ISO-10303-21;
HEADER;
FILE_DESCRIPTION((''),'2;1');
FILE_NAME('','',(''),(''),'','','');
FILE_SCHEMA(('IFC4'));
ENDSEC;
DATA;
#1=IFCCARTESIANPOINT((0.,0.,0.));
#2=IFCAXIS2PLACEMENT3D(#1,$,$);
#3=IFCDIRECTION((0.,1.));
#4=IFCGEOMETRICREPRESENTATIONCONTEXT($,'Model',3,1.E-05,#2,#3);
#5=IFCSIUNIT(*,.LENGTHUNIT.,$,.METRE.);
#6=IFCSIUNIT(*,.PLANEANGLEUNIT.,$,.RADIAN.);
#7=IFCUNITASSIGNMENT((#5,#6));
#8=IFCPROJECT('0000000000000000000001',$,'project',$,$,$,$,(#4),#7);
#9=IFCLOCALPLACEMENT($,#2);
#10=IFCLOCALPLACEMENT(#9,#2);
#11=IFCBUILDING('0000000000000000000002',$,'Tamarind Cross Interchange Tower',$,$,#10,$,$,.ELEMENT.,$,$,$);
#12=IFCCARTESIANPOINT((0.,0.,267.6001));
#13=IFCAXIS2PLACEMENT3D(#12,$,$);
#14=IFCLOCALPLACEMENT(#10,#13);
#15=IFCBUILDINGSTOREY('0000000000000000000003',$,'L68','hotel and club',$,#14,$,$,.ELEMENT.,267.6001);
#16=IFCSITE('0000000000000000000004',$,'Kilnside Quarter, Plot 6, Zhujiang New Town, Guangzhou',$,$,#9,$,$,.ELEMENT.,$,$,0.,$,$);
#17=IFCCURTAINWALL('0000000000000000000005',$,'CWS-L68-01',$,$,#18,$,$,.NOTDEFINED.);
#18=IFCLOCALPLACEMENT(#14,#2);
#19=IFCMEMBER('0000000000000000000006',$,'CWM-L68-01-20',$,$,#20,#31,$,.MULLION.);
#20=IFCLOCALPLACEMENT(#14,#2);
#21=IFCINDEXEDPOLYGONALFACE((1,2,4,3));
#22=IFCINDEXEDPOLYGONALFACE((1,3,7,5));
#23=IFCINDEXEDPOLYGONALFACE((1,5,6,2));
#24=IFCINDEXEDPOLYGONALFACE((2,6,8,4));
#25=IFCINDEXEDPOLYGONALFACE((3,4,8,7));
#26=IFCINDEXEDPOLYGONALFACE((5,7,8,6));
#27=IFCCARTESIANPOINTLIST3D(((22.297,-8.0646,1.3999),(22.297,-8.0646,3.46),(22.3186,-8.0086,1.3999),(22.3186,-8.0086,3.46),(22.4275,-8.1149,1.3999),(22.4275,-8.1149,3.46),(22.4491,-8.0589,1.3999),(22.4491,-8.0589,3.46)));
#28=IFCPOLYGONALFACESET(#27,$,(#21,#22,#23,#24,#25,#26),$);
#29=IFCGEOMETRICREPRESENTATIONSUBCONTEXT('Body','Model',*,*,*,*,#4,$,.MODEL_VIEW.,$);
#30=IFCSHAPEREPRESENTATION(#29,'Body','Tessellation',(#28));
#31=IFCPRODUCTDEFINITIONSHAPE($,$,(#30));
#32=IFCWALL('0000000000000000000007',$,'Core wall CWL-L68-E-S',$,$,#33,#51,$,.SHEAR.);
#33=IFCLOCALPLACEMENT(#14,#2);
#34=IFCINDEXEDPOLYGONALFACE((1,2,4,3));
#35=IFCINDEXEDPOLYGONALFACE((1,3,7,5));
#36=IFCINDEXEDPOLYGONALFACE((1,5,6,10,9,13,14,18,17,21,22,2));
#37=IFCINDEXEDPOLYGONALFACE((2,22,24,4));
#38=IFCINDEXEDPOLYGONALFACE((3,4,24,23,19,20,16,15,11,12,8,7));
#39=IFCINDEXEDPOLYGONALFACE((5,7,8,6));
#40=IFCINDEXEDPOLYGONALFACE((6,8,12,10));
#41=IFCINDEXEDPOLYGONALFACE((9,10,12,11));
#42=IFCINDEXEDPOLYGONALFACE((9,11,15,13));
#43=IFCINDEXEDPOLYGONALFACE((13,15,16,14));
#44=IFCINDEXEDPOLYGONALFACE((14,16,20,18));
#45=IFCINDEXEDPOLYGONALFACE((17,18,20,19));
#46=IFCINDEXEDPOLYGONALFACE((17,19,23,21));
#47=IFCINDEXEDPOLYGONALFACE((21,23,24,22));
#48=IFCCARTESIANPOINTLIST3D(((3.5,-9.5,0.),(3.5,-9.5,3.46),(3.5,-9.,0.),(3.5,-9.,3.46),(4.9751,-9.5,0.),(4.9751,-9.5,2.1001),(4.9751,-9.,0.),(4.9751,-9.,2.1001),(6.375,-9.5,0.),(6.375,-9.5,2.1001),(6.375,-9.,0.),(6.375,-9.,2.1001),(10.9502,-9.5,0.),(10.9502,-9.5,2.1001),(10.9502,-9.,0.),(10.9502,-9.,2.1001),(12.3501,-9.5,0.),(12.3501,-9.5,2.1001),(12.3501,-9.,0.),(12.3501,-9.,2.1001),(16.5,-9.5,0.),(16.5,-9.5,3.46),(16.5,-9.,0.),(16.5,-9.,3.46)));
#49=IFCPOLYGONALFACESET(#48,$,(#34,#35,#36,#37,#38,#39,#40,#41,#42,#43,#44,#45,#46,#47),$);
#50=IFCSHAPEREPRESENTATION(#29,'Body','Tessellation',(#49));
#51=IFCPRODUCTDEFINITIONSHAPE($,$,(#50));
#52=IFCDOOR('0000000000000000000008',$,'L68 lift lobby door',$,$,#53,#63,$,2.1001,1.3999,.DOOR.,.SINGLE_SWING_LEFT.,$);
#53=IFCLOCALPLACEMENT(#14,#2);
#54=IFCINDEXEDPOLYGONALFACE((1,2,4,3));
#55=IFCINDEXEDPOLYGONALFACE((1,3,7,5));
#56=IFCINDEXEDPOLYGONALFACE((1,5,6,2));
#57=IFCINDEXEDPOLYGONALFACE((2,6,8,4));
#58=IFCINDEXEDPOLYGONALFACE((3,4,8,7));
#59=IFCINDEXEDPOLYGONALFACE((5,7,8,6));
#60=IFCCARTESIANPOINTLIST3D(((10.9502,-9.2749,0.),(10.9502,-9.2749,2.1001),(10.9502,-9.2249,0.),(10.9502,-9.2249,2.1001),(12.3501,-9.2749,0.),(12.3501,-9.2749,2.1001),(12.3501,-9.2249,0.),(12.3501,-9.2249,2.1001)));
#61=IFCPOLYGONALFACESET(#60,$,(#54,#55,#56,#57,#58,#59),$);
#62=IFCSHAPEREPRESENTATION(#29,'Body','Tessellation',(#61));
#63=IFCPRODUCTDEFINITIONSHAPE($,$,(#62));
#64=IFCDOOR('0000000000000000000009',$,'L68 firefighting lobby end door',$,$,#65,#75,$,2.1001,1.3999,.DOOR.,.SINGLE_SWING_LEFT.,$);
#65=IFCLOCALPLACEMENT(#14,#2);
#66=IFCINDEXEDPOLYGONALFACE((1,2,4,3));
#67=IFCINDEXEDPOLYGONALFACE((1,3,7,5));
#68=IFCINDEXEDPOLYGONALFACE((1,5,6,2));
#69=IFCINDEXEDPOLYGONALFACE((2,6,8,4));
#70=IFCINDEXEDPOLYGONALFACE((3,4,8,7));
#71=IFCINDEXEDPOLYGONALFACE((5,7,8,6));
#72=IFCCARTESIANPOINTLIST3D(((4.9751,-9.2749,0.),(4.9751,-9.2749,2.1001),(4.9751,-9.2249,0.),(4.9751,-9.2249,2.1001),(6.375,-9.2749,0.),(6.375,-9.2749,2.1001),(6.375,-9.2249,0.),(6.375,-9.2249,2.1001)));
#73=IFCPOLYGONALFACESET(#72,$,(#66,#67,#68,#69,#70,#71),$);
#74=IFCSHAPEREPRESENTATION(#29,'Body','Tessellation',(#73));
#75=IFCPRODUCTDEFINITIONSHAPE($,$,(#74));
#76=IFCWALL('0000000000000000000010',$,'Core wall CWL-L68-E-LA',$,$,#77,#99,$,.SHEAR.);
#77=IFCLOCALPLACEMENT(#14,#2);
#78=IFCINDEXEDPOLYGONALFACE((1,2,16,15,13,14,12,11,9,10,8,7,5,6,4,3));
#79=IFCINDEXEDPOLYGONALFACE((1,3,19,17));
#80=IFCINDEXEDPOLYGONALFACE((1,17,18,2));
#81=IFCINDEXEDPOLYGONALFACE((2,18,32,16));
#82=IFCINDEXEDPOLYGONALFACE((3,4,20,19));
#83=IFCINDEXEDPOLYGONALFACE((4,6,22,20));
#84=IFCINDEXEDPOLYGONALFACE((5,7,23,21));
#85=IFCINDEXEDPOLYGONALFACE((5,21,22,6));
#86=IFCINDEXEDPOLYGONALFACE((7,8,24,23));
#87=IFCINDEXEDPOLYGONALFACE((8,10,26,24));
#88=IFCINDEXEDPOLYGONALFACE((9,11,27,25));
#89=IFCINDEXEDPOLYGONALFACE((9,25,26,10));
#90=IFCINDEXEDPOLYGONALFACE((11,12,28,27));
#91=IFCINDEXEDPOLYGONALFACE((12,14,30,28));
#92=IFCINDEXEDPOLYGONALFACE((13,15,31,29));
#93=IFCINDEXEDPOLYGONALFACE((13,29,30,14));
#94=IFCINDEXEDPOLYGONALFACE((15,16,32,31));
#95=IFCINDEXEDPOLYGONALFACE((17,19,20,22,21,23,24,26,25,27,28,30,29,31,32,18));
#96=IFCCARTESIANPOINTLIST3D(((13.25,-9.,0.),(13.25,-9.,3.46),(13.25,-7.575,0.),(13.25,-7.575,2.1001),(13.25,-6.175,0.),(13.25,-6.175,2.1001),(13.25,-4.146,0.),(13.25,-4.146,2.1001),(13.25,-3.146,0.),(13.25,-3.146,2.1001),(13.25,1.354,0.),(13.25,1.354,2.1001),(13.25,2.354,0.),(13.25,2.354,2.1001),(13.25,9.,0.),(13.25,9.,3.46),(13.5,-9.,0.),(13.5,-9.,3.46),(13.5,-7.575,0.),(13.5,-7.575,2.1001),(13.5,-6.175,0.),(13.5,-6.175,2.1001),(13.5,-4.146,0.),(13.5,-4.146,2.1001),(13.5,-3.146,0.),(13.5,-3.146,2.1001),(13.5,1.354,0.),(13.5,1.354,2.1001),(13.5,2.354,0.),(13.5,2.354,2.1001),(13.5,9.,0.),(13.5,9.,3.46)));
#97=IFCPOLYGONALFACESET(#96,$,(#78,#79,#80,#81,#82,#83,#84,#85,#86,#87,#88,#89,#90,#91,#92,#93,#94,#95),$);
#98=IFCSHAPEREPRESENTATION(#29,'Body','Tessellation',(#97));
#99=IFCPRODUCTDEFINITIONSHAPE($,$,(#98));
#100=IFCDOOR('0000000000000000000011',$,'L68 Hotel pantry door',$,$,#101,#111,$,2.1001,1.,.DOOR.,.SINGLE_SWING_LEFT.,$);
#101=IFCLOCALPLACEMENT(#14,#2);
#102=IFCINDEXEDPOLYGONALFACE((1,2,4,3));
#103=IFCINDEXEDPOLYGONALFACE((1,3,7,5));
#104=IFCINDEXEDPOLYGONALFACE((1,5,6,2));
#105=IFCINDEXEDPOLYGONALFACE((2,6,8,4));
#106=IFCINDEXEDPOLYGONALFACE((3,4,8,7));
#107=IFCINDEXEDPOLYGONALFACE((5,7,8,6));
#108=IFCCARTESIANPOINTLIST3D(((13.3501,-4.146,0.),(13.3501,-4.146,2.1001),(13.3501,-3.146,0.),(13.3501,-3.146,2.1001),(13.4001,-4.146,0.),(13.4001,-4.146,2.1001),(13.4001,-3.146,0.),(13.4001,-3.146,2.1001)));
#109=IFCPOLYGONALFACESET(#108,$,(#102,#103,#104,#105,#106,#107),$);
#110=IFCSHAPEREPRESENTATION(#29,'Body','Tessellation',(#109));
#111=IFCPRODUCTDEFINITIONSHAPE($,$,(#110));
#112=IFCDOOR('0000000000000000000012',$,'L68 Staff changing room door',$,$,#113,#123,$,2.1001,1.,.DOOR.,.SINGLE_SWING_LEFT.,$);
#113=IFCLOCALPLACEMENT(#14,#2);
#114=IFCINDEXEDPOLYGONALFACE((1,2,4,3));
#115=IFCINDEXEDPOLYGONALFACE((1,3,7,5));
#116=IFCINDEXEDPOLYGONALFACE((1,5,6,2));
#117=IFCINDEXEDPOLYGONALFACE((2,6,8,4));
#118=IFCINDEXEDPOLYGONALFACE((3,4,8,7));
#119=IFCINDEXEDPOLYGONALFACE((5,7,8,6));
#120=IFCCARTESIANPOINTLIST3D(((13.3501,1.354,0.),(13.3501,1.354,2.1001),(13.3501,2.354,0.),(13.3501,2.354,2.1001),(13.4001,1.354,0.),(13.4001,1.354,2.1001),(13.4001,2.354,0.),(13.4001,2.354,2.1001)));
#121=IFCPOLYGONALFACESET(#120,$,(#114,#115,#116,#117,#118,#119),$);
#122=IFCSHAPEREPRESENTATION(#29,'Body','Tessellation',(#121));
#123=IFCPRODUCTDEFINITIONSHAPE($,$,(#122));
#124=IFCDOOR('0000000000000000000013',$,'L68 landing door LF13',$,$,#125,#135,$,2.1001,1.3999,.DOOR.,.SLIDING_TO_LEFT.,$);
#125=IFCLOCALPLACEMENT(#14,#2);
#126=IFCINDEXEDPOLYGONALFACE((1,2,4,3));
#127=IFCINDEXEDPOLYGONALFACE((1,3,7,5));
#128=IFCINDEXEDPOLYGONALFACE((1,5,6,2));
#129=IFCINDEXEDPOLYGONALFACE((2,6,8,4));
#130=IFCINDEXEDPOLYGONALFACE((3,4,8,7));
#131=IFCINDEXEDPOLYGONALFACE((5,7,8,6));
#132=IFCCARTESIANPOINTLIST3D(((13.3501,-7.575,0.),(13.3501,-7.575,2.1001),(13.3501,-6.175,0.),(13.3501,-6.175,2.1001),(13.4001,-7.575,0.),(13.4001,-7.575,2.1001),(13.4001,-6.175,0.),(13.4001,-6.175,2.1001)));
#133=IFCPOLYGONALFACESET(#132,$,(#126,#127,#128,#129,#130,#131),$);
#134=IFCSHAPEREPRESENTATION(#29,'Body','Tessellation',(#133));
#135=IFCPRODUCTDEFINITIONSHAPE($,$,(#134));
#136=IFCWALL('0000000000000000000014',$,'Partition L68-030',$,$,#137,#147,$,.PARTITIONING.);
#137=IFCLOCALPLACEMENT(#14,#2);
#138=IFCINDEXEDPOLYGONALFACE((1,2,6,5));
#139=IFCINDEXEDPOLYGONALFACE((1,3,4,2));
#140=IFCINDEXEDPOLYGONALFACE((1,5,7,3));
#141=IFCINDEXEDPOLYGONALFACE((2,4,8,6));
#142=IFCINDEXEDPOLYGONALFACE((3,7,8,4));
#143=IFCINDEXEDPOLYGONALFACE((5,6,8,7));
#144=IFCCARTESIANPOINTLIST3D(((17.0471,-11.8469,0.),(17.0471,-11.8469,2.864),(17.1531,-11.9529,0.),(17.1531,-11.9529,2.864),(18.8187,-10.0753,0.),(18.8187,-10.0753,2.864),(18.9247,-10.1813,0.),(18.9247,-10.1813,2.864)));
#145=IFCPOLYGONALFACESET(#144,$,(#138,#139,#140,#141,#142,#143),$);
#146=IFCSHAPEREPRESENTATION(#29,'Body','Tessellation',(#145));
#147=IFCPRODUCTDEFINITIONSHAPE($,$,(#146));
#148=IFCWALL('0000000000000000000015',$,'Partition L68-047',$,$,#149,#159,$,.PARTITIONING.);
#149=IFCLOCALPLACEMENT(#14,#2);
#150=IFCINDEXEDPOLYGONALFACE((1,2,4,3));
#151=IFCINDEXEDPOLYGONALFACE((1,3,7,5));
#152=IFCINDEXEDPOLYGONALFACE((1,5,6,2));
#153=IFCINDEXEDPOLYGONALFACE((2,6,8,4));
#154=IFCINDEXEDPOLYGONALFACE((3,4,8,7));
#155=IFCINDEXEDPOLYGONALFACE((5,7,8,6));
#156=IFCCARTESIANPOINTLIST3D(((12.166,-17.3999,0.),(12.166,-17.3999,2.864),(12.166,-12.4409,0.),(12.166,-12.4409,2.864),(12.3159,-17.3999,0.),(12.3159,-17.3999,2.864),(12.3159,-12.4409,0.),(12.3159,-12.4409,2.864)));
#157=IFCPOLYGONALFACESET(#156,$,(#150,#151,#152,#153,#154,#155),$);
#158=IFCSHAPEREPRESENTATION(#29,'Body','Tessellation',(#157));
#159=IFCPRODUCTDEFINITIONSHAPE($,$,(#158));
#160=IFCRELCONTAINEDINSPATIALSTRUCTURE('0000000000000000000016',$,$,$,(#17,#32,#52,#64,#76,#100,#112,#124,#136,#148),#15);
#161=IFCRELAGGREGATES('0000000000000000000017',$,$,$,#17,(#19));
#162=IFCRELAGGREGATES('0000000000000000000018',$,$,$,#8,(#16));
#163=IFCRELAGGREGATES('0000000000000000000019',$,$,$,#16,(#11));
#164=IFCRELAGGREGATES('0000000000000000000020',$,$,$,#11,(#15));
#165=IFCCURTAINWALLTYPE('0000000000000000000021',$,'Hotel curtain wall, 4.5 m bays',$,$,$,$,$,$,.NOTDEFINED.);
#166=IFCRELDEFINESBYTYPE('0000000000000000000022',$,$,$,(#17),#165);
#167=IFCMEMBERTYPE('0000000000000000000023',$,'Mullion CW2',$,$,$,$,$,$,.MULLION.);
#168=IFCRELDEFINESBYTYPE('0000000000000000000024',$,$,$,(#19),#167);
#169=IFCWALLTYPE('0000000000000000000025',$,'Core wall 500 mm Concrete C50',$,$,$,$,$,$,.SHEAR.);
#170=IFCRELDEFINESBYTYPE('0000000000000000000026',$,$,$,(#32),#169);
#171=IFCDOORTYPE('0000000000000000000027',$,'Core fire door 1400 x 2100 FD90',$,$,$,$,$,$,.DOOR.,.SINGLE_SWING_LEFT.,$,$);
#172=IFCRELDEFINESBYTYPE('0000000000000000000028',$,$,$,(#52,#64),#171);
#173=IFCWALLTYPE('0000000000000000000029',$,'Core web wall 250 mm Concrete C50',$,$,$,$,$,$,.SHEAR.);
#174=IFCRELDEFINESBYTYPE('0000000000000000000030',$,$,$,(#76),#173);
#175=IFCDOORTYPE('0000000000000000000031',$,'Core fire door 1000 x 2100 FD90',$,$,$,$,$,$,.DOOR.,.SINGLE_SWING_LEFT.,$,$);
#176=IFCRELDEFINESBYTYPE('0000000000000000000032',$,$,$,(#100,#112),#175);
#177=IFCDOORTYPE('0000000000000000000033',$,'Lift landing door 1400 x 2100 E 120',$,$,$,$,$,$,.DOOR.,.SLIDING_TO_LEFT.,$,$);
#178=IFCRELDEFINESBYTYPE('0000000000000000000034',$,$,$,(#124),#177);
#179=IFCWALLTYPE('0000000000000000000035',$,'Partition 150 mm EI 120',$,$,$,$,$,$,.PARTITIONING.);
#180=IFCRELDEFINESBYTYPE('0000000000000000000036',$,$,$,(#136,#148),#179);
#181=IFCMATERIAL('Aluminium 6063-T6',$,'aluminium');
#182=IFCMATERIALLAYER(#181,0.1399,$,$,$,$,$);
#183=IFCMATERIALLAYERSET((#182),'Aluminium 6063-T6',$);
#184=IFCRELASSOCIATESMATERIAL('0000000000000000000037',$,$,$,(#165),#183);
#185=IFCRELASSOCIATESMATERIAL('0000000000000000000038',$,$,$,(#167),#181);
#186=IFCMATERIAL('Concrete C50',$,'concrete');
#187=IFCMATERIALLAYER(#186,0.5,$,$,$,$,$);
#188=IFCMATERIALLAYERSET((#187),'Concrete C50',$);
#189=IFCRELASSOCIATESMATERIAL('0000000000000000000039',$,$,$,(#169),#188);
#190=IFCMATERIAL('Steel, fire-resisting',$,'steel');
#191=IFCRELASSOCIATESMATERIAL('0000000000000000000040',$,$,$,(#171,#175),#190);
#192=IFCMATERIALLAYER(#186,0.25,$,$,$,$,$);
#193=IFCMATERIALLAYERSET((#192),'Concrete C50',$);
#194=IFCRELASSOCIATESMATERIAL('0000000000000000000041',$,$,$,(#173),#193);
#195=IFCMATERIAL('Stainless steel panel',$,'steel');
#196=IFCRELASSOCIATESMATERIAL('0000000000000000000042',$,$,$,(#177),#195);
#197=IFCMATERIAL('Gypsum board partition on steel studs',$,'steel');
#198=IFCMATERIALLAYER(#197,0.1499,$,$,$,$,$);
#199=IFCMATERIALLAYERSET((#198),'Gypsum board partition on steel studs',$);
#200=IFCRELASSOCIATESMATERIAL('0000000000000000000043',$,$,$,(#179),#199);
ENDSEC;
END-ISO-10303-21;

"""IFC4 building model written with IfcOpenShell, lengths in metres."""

from ifc_helpers import new_model, si_unit, direction, frame, frame_2d, origin, origin_2d, place, context, subcontext, project, spatial, rectangle, extrude, material, layer, layer_set, material_profile, profile_set, type_object, element, fill, aggregate, save


model = new_model("IFC4")

# Units and contexts
model_context = context("Model", 3, precision=1e-05, world=origin(), true_north=direction((0.0, 1.0)))
body_context = subcontext(model_context, "Body", "Model", "MODEL_VIEW")
ifc_project = project(units=[si_unit("LENGTHUNIT", "METRE"), si_unit("PLANEANGLEUNIT", "RADIAN")], contexts=[model_context])

# Site, building, storey
site_placement = place(None, origin())
site = spatial("IfcSite", under=ifc_project, at=site_placement, Name="Kilnside Quarter, Plot 6, Zhujiang New Town, Guangzhou", CompositionType="ELEMENT", RefElevation=0.0)
building_placement = place(site_placement, origin())
building = spatial("IfcBuilding", under=site, at=building_placement, Name="Tamarind Cross Interchange Tower", CompositionType="ELEMENT")
storey_placement = place(building_placement, frame((0.0, 0.0, 267.6001)))
storey = spatial("IfcBuildingStorey", under=building, at=storey_placement, Name="L68", Description="hotel and club", CompositionType="ELEMENT", Elevation=267.6001)

# Curtain wall, member
ifc_material_1 = material(Name="Aluminium 6063-T6", Category="aluminium")
ifc_layer_1 = layer(ifc_material_1, 0.1399)
ifc_layer_set_1 = layer_set([ifc_layer_1], Name="Aluminium 6063-T6")
curtain_wall_type = type_object("IfcCurtainWallType", Name="Hotel curtain wall, 4.5 m bays", PredefinedType="NOTDEFINED", material=ifc_layer_set_1)
curtain_wall_placement = place(storey_placement, origin())
curtain_wall = element("IfcCurtainWall", 1, at=curtain_wall_placement, inside=storey, type_object=curtain_wall_type, Name="CWS-L68-01", PredefinedType="NOTDEFINED")
ifc_material_profile_1 = material_profile(ifc_material_1, rectangle(XDim=0.0601, YDim=0.1399, at=origin_2d()), Name="Mullion CW2")
ifc_profile_set_1 = profile_set([ifc_material_profile_1], Name="Aluminium 6063-T6")
member_type = type_object("IfcMemberType", Name="Mullion CW2", PredefinedType="MULLION", material=ifc_profile_set_1)
member_1_placement = place(storey_placement, frame((22.373, -8.0618, 1.3999), z_axis=(0.0, 0.0, 1.0), x_axis=(0.359495, 0.933147, 0.0)))
member_1 = element("IfcMember", 2, at=member_1_placement, type_object=member_type, Name="CWM-L68-01-20", PredefinedType="MULLION", context=body_context, shape_type="SweptSolid", body=[
    extrude(rectangle(XDim=0.0601, YDim=0.1399, at=origin_2d()), origin(), (0.0, 0.0, 1.0), 2.0601),
])
aggregate(curtain_wall, [member_1])

# Walls, openings, doors
ifc_material_2 = material(Name="Concrete C50", Category="concrete")
ifc_layer_2 = layer(ifc_material_2, 0.5)
ifc_layer_set_2 = layer_set([ifc_layer_2], Name="Concrete C50")
wall_type_1 = type_object("IfcWallType", Name="Core wall 500 mm Concrete C50", PredefinedType="SHEAR", material=ifc_layer_set_2)
wall_1_placement = place(storey_placement, frame((16.5, -9.25, 0.0), z_axis=(0.0, 0.0, 1.0), x_axis=(-1.0, 0.0, 0.0)))
wall_1 = element("IfcWall", 3, at=wall_1_placement, inside=storey, type_object=wall_type_1, Name="Core wall CWL-L68-E-S", PredefinedType="SHEAR", context=body_context, shape_type="SweptSolid", body=[
    extrude(rectangle(XDim=13.0, YDim=0.5, at=frame_2d((6.5, 0.0))), origin(), (0.0, 0.0, 1.0), 3.46),
])
opening_1_placement = place(wall_1_placement, frame((4.1499, 0.0, 0.0)))
opening_1 = element("IfcOpeningElement", 4, at=opening_1_placement, cuts=wall_1, PredefinedType="OPENING", context=body_context, shape_type="SweptSolid", body=[
    extrude(rectangle(XDim=1.3999, YDim=2.1001, at=frame_2d((0.7, 1.05))), frame((0.0, 0.26, 0.0), z_axis=(0.0, -1.0, 0.0), x_axis=(1.0, 0.0, 0.0)), (0.0, 0.0, 1.0), 0.52),
])
opening_2_placement = place(wall_1_placement, frame((10.125, 0.0, 0.0)))
opening_2 = element("IfcOpeningElement", 5, at=opening_2_placement, cuts=wall_1, PredefinedType="OPENING", context=body_context, shape_type="SweptSolid", body=[
    extrude(rectangle(XDim=1.3999, YDim=2.1001, at=frame_2d((0.7, 1.05))), frame((0.0, 0.26, 0.0), z_axis=(0.0, -1.0, 0.0), x_axis=(1.0, 0.0, 0.0)), (0.0, 0.0, 1.0), 0.52),
])
ifc_material_3 = material(Name="Steel, fire-resisting", Category="steel")
door_type_1 = type_object("IfcDoorType", Name="Core fire door 1400 x 2100 FD90", OperationType="SINGLE_SWING_LEFT", PredefinedType="DOOR", material=ifc_material_3)
door_1_placement = place(opening_1_placement, origin())
door_1 = element("IfcDoor", 6, at=door_1_placement, inside=storey, type_object=door_type_1, Name="L68 lift lobby door", OperationType="SINGLE_SWING_LEFT", OverallHeight=2.1001, OverallWidth=1.3999, PredefinedType="DOOR", context=body_context, shape_type="SweptSolid", body=[
    extrude(rectangle(XDim=1.3999, YDim=2.1001, at=frame_2d((0.7, 1.05))), frame((0.0, 0.0249, 0.0), z_axis=(0.0, -1.0, 0.0), x_axis=(1.0, 0.0, 0.0)), (0.0, 0.0, 1.0), 0.05),
])
fill(opening_1, door_1)
door_2_placement = place(opening_2_placement, origin())
door_2 = element("IfcDoor", 7, at=door_2_placement, inside=storey, type_object=door_type_1, Name="L68 firefighting lobby end door", OperationType="SINGLE_SWING_LEFT", OverallHeight=2.1001, OverallWidth=1.3999, PredefinedType="DOOR", context=body_context, shape_type="SweptSolid", body=[
    extrude(rectangle(XDim=1.3999, YDim=2.1001, at=frame_2d((0.7, 1.05))), frame((0.0, 0.0249, 0.0), z_axis=(0.0, -1.0, 0.0), x_axis=(1.0, 0.0, 0.0)), (0.0, 0.0, 1.0), 0.05),
])
fill(opening_2, door_2)
ifc_layer_3 = layer(ifc_material_2, 0.25)
ifc_layer_set_3 = layer_set([ifc_layer_3], Name="Concrete C50")
wall_type_2 = type_object("IfcWallType", Name="Core web wall 250 mm Concrete C50", PredefinedType="SHEAR", material=ifc_layer_set_3)
wall_2_placement = place(storey_placement, frame((13.375, -9.0, 0.0), z_axis=(0.0, 0.0, 1.0), x_axis=(0.0, 1.0, 0.0)))
wall_2 = element("IfcWall", 8, at=wall_2_placement, inside=storey, type_object=wall_type_2, Name="Core wall CWL-L68-E-LA", PredefinedType="SHEAR", context=body_context, shape_type="SweptSolid", body=[
    extrude(rectangle(XDim=18.0, YDim=0.25, at=frame_2d((9.0, 0.0))), origin(), (0.0, 0.0, 1.0), 3.46),
])
opening_3_placement = place(wall_2_placement, frame((1.425, 0.0, 0.0)))
opening_3 = element("IfcOpeningElement", 9, at=opening_3_placement, cuts=wall_2, PredefinedType="OPENING", context=body_context, shape_type="SweptSolid", body=[
    extrude(rectangle(XDim=1.3999, YDim=2.1001, at=frame_2d((0.7, 1.05))), frame((0.0, 0.135, 0.0), z_axis=(0.0, -1.0, 0.0), x_axis=(1.0, 0.0, 0.0)), (0.0, 0.0, 1.0), 0.27),
])
opening_4_placement = place(wall_2_placement, frame((4.854, 0.0, 0.0)))
opening_4 = element("IfcOpeningElement", 10, at=opening_4_placement, cuts=wall_2, PredefinedType="OPENING", context=body_context, shape_type="SweptSolid", body=[
    extrude(rectangle(XDim=1.0, YDim=2.1001, at=frame_2d((0.5, 1.05))), frame((0.0, 0.135, 0.0), z_axis=(0.0, -1.0, 0.0), x_axis=(1.0, 0.0, 0.0)), (0.0, 0.0, 1.0), 0.27),
])
opening_5_placement = place(wall_2_placement, frame((10.354, 0.0, 0.0)))
opening_5 = element("IfcOpeningElement", 11, at=opening_5_placement, cuts=wall_2, PredefinedType="OPENING", context=body_context, shape_type="SweptSolid", body=[
    extrude(rectangle(XDim=1.0, YDim=2.1001, at=frame_2d((0.5, 1.05))), frame((0.0, 0.135, 0.0), z_axis=(0.0, -1.0, 0.0), x_axis=(1.0, 0.0, 0.0)), (0.0, 0.0, 1.0), 0.27),
])
door_type_2 = type_object("IfcDoorType", Name="Core fire door 1000 x 2100 FD90", OperationType="SINGLE_SWING_LEFT", PredefinedType="DOOR", material=ifc_material_3)
door_3_placement = place(opening_4_placement, origin())
door_3 = element("IfcDoor", 12, at=door_3_placement, inside=storey, type_object=door_type_2, Name="L68 Hotel pantry door", OperationType="SINGLE_SWING_LEFT", OverallHeight=2.1001, OverallWidth=1.0, PredefinedType="DOOR", context=body_context, shape_type="SweptSolid", body=[
    extrude(rectangle(XDim=1.0, YDim=2.1001, at=frame_2d((0.5, 1.05))), frame((0.0, 0.0249, 0.0), z_axis=(0.0, -1.0, 0.0), x_axis=(1.0, 0.0, 0.0)), (0.0, 0.0, 1.0), 0.05),
])
fill(opening_4, door_3)
door_4_placement = place(opening_5_placement, origin())
door_4 = element("IfcDoor", 13, at=door_4_placement, inside=storey, type_object=door_type_2, Name="L68 Staff changing room door", OperationType="SINGLE_SWING_LEFT", OverallHeight=2.1001, OverallWidth=1.0, PredefinedType="DOOR", context=body_context, shape_type="SweptSolid", body=[
    extrude(rectangle(XDim=1.0, YDim=2.1001, at=frame_2d((0.5, 1.05))), frame((0.0, 0.0249, 0.0), z_axis=(0.0, -1.0, 0.0), x_axis=(1.0, 0.0, 0.0)), (0.0, 0.0, 1.0), 0.05),
])
fill(opening_5, door_4)
ifc_material_4 = material(Name="Stainless steel panel", Category="steel")
door_type_3 = type_object("IfcDoorType", Name="Lift landing door 1400 x 2100 E 120", OperationType="SLIDING_TO_LEFT", PredefinedType="DOOR", material=ifc_material_4)
door_5_placement = place(opening_3_placement, origin())
door_5 = element("IfcDoor", 14, at=door_5_placement, inside=storey, type_object=door_type_3, Name="L68 landing door LF13", OperationType="SLIDING_TO_LEFT", OverallHeight=2.1001, OverallWidth=1.3999, PredefinedType="DOOR", context=body_context, shape_type="SweptSolid", body=[
    extrude(rectangle(XDim=1.3999, YDim=2.1001, at=frame_2d((0.7, 1.05))), frame((0.0, 0.0249, 0.0), z_axis=(0.0, -1.0, 0.0), x_axis=(1.0, 0.0, 0.0)), (0.0, 0.0, 1.0), 0.05),
])
fill(opening_3, door_5)

# Walls
ifc_material_5 = material(Name="Gypsum board partition on steel studs", Category="steel")
ifc_layer_4 = layer(ifc_material_5, 0.1499)
ifc_layer_set_4 = layer_set([ifc_layer_4], Name="Gypsum board partition on steel studs")
wall_type_3 = type_object("IfcWallType", Name="Partition 150 mm EI 120", PredefinedType="PARTITIONING", material=ifc_layer_set_4)
wall_3_placement = place(storey_placement, frame((17.1001, -11.8999, 0.0), z_axis=(0.0, 0.0, 1.0), x_axis=(0.707107, 0.707107, 0.0)))
element("IfcWall", 15, at=wall_3_placement, inside=storey, type_object=wall_type_3, Name="Partition L68-030", PredefinedType="PARTITIONING", context=body_context, shape_type="SweptSolid", body=[
    extrude(rectangle(XDim=2.5054, YDim=0.1499, at=frame_2d((1.2527, 0.0))), origin(), (0.0, 0.0, 1.0), 2.864),
])
wall_4_placement = place(storey_placement, frame((12.241, -17.3999, 0.0), z_axis=(0.0, 0.0, 1.0), x_axis=(0.0, 1.0, 0.0)))
element("IfcWall", 16, at=wall_4_placement, inside=storey, type_object=wall_type_3, Name="Partition L68-047", PredefinedType="PARTITIONING", context=body_context, shape_type="SweptSolid", body=[
    extrude(rectangle(XDim=4.959, YDim=0.1499, at=frame_2d((2.4795, 0.0))), origin(), (0.0, 0.0, 1.0), 2.864),
])

save(model, "model.ifc")
